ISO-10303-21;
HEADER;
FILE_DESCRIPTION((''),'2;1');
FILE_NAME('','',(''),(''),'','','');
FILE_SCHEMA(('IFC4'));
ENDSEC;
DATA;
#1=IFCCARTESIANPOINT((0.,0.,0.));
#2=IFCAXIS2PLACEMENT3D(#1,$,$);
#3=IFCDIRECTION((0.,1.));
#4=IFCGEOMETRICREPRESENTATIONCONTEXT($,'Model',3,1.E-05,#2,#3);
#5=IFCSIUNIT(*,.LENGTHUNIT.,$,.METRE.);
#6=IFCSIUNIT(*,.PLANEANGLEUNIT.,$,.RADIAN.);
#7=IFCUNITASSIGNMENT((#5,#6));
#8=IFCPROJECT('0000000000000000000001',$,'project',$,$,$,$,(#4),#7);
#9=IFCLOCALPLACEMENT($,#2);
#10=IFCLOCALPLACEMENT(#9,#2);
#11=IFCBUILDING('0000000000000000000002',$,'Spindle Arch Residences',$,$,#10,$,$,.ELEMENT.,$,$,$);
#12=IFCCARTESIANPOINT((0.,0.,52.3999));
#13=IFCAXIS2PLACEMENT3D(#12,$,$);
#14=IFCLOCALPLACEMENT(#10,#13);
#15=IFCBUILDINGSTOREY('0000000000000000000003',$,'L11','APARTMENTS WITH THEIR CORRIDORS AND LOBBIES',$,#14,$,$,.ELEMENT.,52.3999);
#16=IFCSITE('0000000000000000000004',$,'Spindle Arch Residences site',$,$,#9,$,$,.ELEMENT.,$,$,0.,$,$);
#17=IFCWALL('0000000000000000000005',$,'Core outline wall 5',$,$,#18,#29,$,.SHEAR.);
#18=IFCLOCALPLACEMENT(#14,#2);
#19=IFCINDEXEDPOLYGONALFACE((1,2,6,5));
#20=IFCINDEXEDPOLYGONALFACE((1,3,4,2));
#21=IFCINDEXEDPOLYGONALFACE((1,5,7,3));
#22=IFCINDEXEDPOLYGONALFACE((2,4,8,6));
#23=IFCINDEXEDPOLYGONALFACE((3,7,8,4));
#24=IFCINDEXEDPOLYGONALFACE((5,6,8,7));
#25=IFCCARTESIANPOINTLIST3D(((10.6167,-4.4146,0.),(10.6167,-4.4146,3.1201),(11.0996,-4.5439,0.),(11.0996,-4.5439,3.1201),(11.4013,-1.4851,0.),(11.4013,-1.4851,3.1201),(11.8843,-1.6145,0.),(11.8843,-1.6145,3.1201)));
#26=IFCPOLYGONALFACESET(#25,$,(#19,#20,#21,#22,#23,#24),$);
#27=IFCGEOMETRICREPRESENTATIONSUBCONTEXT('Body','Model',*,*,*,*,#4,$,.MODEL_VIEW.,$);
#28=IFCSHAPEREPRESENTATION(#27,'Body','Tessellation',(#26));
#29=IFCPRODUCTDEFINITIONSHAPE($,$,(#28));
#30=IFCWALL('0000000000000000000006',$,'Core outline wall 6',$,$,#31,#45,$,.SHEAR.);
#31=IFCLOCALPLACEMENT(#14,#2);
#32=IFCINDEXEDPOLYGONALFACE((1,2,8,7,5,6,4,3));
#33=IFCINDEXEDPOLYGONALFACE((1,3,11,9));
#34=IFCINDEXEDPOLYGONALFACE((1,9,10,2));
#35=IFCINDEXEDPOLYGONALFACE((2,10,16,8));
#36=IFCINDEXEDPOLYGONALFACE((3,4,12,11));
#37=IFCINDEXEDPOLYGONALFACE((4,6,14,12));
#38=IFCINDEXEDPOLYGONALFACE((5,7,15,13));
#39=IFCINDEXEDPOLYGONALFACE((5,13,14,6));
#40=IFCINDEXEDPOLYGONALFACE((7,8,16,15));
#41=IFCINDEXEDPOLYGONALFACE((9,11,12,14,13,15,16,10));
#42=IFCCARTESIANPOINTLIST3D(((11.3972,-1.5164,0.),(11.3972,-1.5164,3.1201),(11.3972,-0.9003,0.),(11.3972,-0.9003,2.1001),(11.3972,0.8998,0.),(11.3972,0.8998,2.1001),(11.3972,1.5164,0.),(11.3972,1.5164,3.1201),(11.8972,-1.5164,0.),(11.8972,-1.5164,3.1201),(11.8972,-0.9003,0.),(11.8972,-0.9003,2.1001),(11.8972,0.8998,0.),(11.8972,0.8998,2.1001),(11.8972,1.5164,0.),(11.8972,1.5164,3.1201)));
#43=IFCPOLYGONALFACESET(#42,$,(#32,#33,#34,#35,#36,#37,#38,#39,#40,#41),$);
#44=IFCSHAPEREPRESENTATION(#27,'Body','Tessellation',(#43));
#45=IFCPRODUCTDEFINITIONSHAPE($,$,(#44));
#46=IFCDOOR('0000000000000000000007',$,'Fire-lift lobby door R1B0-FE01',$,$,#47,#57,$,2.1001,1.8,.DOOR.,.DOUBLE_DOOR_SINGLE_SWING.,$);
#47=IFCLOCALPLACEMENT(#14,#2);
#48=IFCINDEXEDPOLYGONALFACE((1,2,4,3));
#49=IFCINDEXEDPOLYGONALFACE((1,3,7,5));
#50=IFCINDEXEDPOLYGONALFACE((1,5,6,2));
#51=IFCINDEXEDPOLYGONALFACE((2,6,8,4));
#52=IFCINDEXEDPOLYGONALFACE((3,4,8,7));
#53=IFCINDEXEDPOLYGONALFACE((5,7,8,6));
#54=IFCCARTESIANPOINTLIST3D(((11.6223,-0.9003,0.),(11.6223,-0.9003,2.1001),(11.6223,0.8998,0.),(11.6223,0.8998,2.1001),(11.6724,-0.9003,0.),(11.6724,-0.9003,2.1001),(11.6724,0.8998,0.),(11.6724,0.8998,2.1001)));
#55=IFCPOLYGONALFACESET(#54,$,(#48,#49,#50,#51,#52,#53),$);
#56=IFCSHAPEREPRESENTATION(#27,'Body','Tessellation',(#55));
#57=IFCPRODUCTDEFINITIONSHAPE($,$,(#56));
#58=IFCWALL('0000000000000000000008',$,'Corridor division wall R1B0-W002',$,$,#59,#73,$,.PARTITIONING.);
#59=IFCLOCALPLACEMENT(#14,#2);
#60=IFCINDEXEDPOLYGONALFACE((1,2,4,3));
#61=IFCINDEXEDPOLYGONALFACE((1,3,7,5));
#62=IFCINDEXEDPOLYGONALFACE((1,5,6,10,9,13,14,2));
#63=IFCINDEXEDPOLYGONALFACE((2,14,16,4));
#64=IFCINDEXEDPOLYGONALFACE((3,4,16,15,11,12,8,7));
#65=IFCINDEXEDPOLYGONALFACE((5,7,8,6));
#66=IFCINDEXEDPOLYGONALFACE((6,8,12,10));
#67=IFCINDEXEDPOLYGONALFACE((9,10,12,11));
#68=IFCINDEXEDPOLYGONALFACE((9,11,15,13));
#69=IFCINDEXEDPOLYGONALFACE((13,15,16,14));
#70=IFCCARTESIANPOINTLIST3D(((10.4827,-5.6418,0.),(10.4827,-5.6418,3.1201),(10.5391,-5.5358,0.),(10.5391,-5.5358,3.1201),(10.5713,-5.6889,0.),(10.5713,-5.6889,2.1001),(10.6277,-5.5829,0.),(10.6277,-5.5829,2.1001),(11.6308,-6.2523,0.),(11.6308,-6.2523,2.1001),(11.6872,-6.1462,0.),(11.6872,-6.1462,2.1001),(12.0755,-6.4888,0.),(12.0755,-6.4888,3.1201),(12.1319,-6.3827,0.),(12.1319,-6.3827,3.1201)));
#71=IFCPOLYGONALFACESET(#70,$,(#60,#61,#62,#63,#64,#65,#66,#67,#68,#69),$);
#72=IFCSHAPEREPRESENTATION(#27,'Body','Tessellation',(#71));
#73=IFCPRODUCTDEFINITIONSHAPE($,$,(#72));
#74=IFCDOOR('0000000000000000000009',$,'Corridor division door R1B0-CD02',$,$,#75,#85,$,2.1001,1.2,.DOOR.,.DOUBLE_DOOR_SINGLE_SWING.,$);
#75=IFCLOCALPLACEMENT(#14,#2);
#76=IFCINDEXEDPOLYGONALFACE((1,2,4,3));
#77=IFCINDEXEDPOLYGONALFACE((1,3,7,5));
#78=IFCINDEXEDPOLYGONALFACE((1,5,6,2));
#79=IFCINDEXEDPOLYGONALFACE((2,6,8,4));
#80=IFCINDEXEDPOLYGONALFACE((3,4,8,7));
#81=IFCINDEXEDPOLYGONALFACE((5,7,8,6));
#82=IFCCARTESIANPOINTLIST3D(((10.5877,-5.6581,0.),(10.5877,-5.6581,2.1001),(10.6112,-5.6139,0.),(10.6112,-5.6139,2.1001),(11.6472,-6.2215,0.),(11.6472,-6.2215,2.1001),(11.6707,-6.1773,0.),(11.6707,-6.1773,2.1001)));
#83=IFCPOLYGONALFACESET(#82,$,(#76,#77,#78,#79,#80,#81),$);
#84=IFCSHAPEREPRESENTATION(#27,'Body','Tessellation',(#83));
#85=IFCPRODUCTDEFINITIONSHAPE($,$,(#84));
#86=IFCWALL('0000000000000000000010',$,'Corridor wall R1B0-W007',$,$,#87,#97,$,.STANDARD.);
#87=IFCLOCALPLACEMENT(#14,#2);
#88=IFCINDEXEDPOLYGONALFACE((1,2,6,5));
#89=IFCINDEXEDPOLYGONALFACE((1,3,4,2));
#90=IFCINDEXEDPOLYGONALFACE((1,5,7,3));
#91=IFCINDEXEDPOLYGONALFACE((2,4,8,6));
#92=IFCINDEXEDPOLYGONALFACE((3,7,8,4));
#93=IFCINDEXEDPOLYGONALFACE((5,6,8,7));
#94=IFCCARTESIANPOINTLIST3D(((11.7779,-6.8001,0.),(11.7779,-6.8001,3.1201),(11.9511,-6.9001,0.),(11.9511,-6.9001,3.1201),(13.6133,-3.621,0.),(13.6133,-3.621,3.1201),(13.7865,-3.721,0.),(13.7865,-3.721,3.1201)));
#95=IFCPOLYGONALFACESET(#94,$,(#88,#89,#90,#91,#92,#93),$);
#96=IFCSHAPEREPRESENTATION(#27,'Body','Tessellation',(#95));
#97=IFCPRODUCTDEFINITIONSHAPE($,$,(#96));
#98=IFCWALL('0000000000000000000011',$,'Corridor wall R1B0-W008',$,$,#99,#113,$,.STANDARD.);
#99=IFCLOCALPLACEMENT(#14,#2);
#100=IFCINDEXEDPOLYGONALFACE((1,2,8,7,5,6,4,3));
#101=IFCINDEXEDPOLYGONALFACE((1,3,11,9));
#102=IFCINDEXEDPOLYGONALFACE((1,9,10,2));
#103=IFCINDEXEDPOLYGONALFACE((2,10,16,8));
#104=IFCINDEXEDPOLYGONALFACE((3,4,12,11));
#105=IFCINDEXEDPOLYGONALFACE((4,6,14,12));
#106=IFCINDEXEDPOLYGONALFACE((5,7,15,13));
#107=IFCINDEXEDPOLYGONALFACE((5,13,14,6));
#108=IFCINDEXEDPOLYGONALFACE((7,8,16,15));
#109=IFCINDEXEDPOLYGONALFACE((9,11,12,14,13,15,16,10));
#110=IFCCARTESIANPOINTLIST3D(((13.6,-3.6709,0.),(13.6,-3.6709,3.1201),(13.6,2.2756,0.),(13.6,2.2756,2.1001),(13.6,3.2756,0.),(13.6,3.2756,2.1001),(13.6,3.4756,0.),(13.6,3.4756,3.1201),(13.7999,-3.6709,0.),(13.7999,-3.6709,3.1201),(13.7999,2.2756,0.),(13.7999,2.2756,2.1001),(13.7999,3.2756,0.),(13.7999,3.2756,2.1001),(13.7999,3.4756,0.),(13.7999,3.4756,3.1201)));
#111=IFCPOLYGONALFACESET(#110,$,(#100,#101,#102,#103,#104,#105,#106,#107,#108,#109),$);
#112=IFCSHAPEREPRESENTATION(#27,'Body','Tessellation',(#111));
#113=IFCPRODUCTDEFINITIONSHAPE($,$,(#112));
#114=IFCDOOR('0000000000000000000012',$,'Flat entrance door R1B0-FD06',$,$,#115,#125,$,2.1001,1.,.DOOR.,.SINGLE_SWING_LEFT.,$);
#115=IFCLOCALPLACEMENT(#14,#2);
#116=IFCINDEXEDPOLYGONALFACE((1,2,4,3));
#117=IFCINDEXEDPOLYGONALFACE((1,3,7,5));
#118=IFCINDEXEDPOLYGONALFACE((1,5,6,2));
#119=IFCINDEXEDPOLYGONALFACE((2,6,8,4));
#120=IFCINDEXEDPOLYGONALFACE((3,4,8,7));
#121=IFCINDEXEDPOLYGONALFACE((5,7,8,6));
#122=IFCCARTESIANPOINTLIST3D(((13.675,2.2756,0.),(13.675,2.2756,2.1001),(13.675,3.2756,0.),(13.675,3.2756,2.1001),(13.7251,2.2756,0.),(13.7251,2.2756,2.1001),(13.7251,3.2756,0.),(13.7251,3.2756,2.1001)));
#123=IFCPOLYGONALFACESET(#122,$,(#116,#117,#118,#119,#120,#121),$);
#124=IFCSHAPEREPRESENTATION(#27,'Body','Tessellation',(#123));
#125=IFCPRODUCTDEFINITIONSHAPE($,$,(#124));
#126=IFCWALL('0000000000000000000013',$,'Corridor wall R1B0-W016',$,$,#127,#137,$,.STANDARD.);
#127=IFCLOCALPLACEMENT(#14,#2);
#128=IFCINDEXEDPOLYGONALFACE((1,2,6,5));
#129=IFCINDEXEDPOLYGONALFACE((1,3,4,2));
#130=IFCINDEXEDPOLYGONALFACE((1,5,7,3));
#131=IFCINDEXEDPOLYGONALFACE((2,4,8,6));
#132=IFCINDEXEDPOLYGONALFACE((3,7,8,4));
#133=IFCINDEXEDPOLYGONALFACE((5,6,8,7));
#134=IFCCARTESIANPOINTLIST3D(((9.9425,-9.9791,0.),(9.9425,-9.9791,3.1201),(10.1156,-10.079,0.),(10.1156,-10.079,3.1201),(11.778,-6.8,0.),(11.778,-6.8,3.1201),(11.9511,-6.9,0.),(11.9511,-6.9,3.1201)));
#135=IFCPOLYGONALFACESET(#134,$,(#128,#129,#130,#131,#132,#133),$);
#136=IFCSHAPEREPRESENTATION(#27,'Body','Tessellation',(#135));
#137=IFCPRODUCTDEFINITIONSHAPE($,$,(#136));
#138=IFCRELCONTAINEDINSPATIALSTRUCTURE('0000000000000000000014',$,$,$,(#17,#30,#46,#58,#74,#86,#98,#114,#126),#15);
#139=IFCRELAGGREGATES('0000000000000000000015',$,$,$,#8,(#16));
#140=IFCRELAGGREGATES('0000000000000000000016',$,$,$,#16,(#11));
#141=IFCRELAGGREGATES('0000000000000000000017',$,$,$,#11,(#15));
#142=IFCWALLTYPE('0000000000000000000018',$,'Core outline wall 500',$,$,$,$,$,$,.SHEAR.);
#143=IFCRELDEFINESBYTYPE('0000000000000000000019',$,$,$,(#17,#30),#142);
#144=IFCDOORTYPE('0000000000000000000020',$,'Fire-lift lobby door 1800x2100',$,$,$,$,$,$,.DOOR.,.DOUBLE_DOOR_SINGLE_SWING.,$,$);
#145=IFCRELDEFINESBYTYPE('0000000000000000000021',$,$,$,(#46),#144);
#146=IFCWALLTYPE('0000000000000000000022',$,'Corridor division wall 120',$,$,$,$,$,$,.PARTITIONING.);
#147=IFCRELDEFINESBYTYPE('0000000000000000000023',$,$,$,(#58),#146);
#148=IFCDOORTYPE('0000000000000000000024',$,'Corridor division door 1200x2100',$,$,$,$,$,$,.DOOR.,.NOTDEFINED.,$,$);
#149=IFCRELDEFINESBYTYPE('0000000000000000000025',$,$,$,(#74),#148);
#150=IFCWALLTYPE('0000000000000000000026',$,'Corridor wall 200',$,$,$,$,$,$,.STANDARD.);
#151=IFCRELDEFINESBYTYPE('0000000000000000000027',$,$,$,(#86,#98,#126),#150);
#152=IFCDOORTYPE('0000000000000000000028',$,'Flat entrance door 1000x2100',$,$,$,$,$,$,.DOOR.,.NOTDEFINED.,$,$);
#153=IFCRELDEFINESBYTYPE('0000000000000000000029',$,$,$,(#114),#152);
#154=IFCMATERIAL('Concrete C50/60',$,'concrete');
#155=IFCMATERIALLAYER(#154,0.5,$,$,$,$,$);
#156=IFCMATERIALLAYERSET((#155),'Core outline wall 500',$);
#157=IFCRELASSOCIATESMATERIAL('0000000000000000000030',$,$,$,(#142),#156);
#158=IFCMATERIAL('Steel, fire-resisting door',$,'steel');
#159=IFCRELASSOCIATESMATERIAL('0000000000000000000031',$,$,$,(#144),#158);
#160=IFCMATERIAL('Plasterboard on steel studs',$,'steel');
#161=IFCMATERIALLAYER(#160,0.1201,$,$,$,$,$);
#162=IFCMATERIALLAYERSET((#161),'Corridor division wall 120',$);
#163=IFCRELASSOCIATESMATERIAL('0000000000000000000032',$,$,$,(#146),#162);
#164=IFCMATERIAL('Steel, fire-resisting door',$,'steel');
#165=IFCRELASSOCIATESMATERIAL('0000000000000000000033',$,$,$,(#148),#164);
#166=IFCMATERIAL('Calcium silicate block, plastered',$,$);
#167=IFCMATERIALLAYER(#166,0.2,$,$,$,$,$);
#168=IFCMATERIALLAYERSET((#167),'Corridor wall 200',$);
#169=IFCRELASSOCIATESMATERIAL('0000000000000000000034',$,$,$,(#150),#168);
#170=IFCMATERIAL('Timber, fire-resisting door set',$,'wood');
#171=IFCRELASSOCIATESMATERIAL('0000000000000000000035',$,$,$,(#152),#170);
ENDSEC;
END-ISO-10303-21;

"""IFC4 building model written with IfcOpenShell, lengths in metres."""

from ifc_helpers import new_model, si_unit, direction, frame, frame_2d, origin, place, context, subcontext, project, spatial, rectangle, extrude, material, layer, layer_set, type_object, element, fill, save


model = new_model("IFC4")

# Units and contexts
model_context = context("Model", 3, precision=1e-05, world=origin(), true_north=direction((0.0, 1.0)))
body_context = subcontext(model_context, "Body", "Model", "MODEL_VIEW")
ifc_project = project(units=[si_unit("LENGTHUNIT", "METRE"), si_unit("PLANEANGLEUNIT", "RADIAN")], contexts=[model_context])

# Site, building, storey
site_placement = place(None, origin())
site = spatial("IfcSite", under=ifc_project, at=site_placement, Name="Spindle Arch Residences site", CompositionType="ELEMENT", RefElevation=0.0)
building_placement = place(site_placement, origin())
building = spatial("IfcBuilding", under=site, at=building_placement, Name="Spindle Arch Residences", CompositionType="ELEMENT")
storey_placement = place(building_placement, frame((0.0, 0.0, 52.3999)))
storey = spatial("IfcBuildingStorey", under=building, at=storey_placement, Name="L11", Description="APARTMENTS WITH THEIR CORRIDORS AND LOBBIES", CompositionType="ELEMENT", Elevation=52.3999)

# Wall
ifc_material_1 = material(Name="Concrete C50/60", Category="concrete")
ifc_layer_1 = layer(ifc_material_1, 0.5)
ifc_layer_set_1 = layer_set([ifc_layer_1], Name="Core outline wall 500")
wall_type_1 = type_object("IfcWallType", Name="Core outline wall 500", PredefinedType="SHEAR", material=ifc_layer_set_1)
wall_1_placement = place(storey_placement, frame((10.8582, -4.4792, 0.0), z_axis=(0.0, 0.0, 1.0), x_axis=(0.258735, 0.965948, 0.0)))
element("IfcWall", 1, at=wall_1_placement, inside=storey, type_object=wall_type_1, Name="Core outline wall 5", PredefinedType="SHEAR", context=body_context, shape_type="SweptSolid", body=[
    extrude(rectangle(XDim=3.0327, YDim=0.5, at=frame_2d((1.5164, 0.0))), origin(), (0.0, 0.0, 1.0), 3.1201),
])

# Walls, openings, doors
wall_2_placement = place(storey_placement, frame((11.6472, -1.5164, 0.0), z_axis=(0.0, 0.0, 1.0), x_axis=(0.0, 1.0, 0.0)))
wall_2 = element("IfcWall", 2, at=wall_2_placement, inside=storey, type_object=wall_type_1, Name="Core outline wall 6", PredefinedType="SHEAR", context=body_context, shape_type="SweptSolid", body=[
    extrude(rectangle(XDim=3.0327, YDim=0.5, at=frame_2d((1.5164, 0.0))), origin(), (0.0, 0.0, 1.0), 3.1201),
])
opening_1_placement = place(wall_2_placement, frame((0.6162, 0.0, 0.0)))
opening_1 = element("IfcOpeningElement", 3, at=opening_1_placement, cuts=wall_2, PredefinedType="OPENING", context=body_context, shape_type="SweptSolid", body=[
    extrude(rectangle(XDim=1.8, YDim=2.1001, at=frame_2d((0.8999, 1.05))), frame((0.0, 0.26, 0.0), z_axis=(0.0, -1.0, 0.0), x_axis=(1.0, 0.0, 0.0)), (0.0, 0.0, 1.0), 0.52),
])
ifc_material_2 = material(Name="Steel, fire-resisting door", Category="steel")
door_type_1 = type_object("IfcDoorType", Name="Fire-lift lobby door 1800x2100", OperationType="DOUBLE_DOOR_SINGLE_SWING", PredefinedType="DOOR", material=ifc_material_2)
door_1_placement = place(opening_1_placement, origin())
door_1 = element("IfcDoor", 4, at=door_1_placement, inside=storey, type_object=door_type_1, Name="Fire-lift lobby door R1B0-FE01", OperationType="DOUBLE_DOOR_SINGLE_SWING", OverallHeight=2.1001, OverallWidth=1.8, PredefinedType="DOOR", context=body_context, shape_type="SweptSolid", body=[
    extrude(rectangle(XDim=1.8, YDim=2.1001, at=frame_2d((0.8999, 1.05))), frame((0.0, 0.0249, 0.0), z_axis=(0.0, -1.0, 0.0), x_axis=(1.0, 0.0, 0.0)), (0.0, 0.0, 1.0), 0.05),
])
fill(opening_1, door_1)
ifc_material_3 = material(Name="Plasterboard on steel studs", Category="steel")
ifc_layer_2 = layer(ifc_material_3, 0.1201)
ifc_layer_set_2 = layer_set([ifc_layer_2], Name="Corridor division wall 120")
wall_type_2 = type_object("IfcWallType", Name="Corridor division wall 120", PredefinedType="PARTITIONING", material=ifc_layer_set_2)
wall_3_placement = place(storey_placement, frame((10.511, -5.5889, 0.0), z_axis=(0.0, 0.0, 1.0), x_axis=(0.88294, -0.469485, 0.0)))
wall_3 = element("IfcWall", 5, at=wall_3_placement, inside=storey, type_object=wall_type_2, Name="Corridor division wall R1B0-W002", PredefinedType="PARTITIONING", context=body_context, shape_type="SweptSolid", body=[
    extrude(rectangle(XDim=1.804, YDim=0.1201, at=frame_2d((0.9019, 0.0))), origin(), (0.0, 0.0, 1.0), 3.1201),
])
opening_2_placement = place(wall_3_placement, frame((0.1001, 0.0, 0.0)))
opening_2 = element("IfcOpeningElement", 6, at=opening_2_placement, cuts=wall_3, PredefinedType="OPENING", context=body_context, shape_type="SweptSolid", body=[
    extrude(rectangle(XDim=1.2, YDim=2.1001, at=frame_2d((0.6001, 1.05))), frame((0.0, 0.0701, 0.0), z_axis=(0.0, -1.0, 0.0), x_axis=(1.0, 0.0, 0.0)), (0.0, 0.0, 1.0), 0.1401),
])
ifc_material_4 = material(Name="Steel, fire-resisting door", Category="steel")
door_type_2 = type_object("IfcDoorType", Name="Corridor division door 1200x2100", OperationType="NOTDEFINED", PredefinedType="DOOR", material=ifc_material_4)
door_2_placement = place(opening_2_placement, origin())
door_2 = element("IfcDoor", 7, at=door_2_placement, inside=storey, type_object=door_type_2, Name="Corridor division door R1B0-CD02", OperationType="DOUBLE_DOOR_SINGLE_SWING", OverallHeight=2.1001, OverallWidth=1.2, PredefinedType="DOOR", context=body_context, shape_type="SweptSolid", body=[
    extrude(rectangle(XDim=1.2, YDim=2.1001, at=frame_2d((0.6001, 1.05))), frame((0.0, 0.0249, 0.0), z_axis=(0.0, -1.0, 0.0), x_axis=(1.0, 0.0, 0.0)), (0.0, 0.0, 1.0), 0.05),
])
fill(opening_2, door_2)

# Wall
ifc_material_5 = material(Name="Calcium silicate block, plastered")
ifc_layer_3 = layer(ifc_material_5, 0.2)
ifc_layer_set_3 = layer_set([ifc_layer_3], Name="Corridor wall 200")
wall_type_3 = type_object("IfcWallType", Name="Corridor wall 200", PredefinedType="STANDARD", material=ifc_layer_set_3)
wall_4_placement = place(storey_placement, frame((11.8645, -6.8501, 0.0), z_axis=(0.0, 0.0, 1.0), x_axis=(0.499987, 0.866033, 0.0)))
element("IfcWall", 8, at=wall_4_placement, inside=storey, type_object=wall_type_3, Name="Corridor wall R1B0-W007", PredefinedType="STANDARD", context=body_context, shape_type="SweptSolid", body=[
    extrude(rectangle(XDim=3.6709, YDim=0.2, at=frame_2d((1.8354, 0.0))), origin(), (0.0, 0.0, 1.0), 3.1201),
])

# Wall, opening, door
wall_5_placement = place(storey_placement, frame((13.7, -3.6709, 0.0), z_axis=(0.0, 0.0, 1.0), x_axis=(0.0, 1.0, 0.0)))
wall_5 = element("IfcWall", 9, at=wall_5_placement, inside=storey, type_object=wall_type_3, Name="Corridor wall R1B0-W008", PredefinedType="STANDARD", context=body_context, shape_type="SweptSolid", body=[
    extrude(rectangle(XDim=7.1465, YDim=0.2, at=frame_2d((3.5732, 0.0))), origin(), (0.0, 0.0, 1.0), 3.1201),
])
opening_3_placement = place(wall_5_placement, frame((5.9465, 0.0, 0.0)))
opening_3 = element("IfcOpeningElement", 10, at=opening_3_placement, cuts=wall_5, PredefinedType="OPENING", context=body_context, shape_type="SweptSolid", body=[
    extrude(rectangle(XDim=1.0, YDim=2.1001, at=frame_2d((0.5, 1.05))), frame((0.0, 0.1099, 0.0), z_axis=(0.0, -1.0, 0.0), x_axis=(1.0, 0.0, 0.0)), (0.0, 0.0, 1.0), 0.22),
])
ifc_material_6 = material(Name="Timber, fire-resisting door set", Category="wood")
door_type_3 = type_object("IfcDoorType", Name="Flat entrance door 1000x2100", OperationType="NOTDEFINED", PredefinedType="DOOR", material=ifc_material_6)
door_3_placement = place(opening_3_placement, origin())
door_3 = element("IfcDoor", 11, at=door_3_placement, inside=storey, type_object=door_type_3, Name="Flat entrance door R1B0-FD06", OperationType="SINGLE_SWING_LEFT", OverallHeight=2.1001, OverallWidth=1.0, PredefinedType="DOOR", context=body_context, shape_type="SweptSolid", body=[
    extrude(rectangle(XDim=1.0, YDim=2.1001, at=frame_2d((0.5, 1.05))), frame((0.0, 0.0249, 0.0), z_axis=(0.0, -1.0, 0.0), x_axis=(1.0, 0.0, 0.0)), (0.0, 0.0, 1.0), 0.05),
])
fill(opening_3, door_3)

# Wall
wall_6_placement = place(storey_placement, frame((10.0291, -10.0291, 0.0), z_axis=(0.0, 0.0, 1.0), x_axis=(0.500016, 0.866016, 0.0)))
element("IfcWall", 12, at=wall_6_placement, inside=storey, type_object=wall_type_3, Name="Corridor wall R1B0-W016", PredefinedType="STANDARD", context=body_context, shape_type="SweptSolid", body=[
    extrude(rectangle(XDim=3.6709, YDim=0.2, at=frame_2d((1.8354, 0.0))), origin(), (0.0, 0.0, 1.0), 3.1201),
])

save(model, "model.ifc")
